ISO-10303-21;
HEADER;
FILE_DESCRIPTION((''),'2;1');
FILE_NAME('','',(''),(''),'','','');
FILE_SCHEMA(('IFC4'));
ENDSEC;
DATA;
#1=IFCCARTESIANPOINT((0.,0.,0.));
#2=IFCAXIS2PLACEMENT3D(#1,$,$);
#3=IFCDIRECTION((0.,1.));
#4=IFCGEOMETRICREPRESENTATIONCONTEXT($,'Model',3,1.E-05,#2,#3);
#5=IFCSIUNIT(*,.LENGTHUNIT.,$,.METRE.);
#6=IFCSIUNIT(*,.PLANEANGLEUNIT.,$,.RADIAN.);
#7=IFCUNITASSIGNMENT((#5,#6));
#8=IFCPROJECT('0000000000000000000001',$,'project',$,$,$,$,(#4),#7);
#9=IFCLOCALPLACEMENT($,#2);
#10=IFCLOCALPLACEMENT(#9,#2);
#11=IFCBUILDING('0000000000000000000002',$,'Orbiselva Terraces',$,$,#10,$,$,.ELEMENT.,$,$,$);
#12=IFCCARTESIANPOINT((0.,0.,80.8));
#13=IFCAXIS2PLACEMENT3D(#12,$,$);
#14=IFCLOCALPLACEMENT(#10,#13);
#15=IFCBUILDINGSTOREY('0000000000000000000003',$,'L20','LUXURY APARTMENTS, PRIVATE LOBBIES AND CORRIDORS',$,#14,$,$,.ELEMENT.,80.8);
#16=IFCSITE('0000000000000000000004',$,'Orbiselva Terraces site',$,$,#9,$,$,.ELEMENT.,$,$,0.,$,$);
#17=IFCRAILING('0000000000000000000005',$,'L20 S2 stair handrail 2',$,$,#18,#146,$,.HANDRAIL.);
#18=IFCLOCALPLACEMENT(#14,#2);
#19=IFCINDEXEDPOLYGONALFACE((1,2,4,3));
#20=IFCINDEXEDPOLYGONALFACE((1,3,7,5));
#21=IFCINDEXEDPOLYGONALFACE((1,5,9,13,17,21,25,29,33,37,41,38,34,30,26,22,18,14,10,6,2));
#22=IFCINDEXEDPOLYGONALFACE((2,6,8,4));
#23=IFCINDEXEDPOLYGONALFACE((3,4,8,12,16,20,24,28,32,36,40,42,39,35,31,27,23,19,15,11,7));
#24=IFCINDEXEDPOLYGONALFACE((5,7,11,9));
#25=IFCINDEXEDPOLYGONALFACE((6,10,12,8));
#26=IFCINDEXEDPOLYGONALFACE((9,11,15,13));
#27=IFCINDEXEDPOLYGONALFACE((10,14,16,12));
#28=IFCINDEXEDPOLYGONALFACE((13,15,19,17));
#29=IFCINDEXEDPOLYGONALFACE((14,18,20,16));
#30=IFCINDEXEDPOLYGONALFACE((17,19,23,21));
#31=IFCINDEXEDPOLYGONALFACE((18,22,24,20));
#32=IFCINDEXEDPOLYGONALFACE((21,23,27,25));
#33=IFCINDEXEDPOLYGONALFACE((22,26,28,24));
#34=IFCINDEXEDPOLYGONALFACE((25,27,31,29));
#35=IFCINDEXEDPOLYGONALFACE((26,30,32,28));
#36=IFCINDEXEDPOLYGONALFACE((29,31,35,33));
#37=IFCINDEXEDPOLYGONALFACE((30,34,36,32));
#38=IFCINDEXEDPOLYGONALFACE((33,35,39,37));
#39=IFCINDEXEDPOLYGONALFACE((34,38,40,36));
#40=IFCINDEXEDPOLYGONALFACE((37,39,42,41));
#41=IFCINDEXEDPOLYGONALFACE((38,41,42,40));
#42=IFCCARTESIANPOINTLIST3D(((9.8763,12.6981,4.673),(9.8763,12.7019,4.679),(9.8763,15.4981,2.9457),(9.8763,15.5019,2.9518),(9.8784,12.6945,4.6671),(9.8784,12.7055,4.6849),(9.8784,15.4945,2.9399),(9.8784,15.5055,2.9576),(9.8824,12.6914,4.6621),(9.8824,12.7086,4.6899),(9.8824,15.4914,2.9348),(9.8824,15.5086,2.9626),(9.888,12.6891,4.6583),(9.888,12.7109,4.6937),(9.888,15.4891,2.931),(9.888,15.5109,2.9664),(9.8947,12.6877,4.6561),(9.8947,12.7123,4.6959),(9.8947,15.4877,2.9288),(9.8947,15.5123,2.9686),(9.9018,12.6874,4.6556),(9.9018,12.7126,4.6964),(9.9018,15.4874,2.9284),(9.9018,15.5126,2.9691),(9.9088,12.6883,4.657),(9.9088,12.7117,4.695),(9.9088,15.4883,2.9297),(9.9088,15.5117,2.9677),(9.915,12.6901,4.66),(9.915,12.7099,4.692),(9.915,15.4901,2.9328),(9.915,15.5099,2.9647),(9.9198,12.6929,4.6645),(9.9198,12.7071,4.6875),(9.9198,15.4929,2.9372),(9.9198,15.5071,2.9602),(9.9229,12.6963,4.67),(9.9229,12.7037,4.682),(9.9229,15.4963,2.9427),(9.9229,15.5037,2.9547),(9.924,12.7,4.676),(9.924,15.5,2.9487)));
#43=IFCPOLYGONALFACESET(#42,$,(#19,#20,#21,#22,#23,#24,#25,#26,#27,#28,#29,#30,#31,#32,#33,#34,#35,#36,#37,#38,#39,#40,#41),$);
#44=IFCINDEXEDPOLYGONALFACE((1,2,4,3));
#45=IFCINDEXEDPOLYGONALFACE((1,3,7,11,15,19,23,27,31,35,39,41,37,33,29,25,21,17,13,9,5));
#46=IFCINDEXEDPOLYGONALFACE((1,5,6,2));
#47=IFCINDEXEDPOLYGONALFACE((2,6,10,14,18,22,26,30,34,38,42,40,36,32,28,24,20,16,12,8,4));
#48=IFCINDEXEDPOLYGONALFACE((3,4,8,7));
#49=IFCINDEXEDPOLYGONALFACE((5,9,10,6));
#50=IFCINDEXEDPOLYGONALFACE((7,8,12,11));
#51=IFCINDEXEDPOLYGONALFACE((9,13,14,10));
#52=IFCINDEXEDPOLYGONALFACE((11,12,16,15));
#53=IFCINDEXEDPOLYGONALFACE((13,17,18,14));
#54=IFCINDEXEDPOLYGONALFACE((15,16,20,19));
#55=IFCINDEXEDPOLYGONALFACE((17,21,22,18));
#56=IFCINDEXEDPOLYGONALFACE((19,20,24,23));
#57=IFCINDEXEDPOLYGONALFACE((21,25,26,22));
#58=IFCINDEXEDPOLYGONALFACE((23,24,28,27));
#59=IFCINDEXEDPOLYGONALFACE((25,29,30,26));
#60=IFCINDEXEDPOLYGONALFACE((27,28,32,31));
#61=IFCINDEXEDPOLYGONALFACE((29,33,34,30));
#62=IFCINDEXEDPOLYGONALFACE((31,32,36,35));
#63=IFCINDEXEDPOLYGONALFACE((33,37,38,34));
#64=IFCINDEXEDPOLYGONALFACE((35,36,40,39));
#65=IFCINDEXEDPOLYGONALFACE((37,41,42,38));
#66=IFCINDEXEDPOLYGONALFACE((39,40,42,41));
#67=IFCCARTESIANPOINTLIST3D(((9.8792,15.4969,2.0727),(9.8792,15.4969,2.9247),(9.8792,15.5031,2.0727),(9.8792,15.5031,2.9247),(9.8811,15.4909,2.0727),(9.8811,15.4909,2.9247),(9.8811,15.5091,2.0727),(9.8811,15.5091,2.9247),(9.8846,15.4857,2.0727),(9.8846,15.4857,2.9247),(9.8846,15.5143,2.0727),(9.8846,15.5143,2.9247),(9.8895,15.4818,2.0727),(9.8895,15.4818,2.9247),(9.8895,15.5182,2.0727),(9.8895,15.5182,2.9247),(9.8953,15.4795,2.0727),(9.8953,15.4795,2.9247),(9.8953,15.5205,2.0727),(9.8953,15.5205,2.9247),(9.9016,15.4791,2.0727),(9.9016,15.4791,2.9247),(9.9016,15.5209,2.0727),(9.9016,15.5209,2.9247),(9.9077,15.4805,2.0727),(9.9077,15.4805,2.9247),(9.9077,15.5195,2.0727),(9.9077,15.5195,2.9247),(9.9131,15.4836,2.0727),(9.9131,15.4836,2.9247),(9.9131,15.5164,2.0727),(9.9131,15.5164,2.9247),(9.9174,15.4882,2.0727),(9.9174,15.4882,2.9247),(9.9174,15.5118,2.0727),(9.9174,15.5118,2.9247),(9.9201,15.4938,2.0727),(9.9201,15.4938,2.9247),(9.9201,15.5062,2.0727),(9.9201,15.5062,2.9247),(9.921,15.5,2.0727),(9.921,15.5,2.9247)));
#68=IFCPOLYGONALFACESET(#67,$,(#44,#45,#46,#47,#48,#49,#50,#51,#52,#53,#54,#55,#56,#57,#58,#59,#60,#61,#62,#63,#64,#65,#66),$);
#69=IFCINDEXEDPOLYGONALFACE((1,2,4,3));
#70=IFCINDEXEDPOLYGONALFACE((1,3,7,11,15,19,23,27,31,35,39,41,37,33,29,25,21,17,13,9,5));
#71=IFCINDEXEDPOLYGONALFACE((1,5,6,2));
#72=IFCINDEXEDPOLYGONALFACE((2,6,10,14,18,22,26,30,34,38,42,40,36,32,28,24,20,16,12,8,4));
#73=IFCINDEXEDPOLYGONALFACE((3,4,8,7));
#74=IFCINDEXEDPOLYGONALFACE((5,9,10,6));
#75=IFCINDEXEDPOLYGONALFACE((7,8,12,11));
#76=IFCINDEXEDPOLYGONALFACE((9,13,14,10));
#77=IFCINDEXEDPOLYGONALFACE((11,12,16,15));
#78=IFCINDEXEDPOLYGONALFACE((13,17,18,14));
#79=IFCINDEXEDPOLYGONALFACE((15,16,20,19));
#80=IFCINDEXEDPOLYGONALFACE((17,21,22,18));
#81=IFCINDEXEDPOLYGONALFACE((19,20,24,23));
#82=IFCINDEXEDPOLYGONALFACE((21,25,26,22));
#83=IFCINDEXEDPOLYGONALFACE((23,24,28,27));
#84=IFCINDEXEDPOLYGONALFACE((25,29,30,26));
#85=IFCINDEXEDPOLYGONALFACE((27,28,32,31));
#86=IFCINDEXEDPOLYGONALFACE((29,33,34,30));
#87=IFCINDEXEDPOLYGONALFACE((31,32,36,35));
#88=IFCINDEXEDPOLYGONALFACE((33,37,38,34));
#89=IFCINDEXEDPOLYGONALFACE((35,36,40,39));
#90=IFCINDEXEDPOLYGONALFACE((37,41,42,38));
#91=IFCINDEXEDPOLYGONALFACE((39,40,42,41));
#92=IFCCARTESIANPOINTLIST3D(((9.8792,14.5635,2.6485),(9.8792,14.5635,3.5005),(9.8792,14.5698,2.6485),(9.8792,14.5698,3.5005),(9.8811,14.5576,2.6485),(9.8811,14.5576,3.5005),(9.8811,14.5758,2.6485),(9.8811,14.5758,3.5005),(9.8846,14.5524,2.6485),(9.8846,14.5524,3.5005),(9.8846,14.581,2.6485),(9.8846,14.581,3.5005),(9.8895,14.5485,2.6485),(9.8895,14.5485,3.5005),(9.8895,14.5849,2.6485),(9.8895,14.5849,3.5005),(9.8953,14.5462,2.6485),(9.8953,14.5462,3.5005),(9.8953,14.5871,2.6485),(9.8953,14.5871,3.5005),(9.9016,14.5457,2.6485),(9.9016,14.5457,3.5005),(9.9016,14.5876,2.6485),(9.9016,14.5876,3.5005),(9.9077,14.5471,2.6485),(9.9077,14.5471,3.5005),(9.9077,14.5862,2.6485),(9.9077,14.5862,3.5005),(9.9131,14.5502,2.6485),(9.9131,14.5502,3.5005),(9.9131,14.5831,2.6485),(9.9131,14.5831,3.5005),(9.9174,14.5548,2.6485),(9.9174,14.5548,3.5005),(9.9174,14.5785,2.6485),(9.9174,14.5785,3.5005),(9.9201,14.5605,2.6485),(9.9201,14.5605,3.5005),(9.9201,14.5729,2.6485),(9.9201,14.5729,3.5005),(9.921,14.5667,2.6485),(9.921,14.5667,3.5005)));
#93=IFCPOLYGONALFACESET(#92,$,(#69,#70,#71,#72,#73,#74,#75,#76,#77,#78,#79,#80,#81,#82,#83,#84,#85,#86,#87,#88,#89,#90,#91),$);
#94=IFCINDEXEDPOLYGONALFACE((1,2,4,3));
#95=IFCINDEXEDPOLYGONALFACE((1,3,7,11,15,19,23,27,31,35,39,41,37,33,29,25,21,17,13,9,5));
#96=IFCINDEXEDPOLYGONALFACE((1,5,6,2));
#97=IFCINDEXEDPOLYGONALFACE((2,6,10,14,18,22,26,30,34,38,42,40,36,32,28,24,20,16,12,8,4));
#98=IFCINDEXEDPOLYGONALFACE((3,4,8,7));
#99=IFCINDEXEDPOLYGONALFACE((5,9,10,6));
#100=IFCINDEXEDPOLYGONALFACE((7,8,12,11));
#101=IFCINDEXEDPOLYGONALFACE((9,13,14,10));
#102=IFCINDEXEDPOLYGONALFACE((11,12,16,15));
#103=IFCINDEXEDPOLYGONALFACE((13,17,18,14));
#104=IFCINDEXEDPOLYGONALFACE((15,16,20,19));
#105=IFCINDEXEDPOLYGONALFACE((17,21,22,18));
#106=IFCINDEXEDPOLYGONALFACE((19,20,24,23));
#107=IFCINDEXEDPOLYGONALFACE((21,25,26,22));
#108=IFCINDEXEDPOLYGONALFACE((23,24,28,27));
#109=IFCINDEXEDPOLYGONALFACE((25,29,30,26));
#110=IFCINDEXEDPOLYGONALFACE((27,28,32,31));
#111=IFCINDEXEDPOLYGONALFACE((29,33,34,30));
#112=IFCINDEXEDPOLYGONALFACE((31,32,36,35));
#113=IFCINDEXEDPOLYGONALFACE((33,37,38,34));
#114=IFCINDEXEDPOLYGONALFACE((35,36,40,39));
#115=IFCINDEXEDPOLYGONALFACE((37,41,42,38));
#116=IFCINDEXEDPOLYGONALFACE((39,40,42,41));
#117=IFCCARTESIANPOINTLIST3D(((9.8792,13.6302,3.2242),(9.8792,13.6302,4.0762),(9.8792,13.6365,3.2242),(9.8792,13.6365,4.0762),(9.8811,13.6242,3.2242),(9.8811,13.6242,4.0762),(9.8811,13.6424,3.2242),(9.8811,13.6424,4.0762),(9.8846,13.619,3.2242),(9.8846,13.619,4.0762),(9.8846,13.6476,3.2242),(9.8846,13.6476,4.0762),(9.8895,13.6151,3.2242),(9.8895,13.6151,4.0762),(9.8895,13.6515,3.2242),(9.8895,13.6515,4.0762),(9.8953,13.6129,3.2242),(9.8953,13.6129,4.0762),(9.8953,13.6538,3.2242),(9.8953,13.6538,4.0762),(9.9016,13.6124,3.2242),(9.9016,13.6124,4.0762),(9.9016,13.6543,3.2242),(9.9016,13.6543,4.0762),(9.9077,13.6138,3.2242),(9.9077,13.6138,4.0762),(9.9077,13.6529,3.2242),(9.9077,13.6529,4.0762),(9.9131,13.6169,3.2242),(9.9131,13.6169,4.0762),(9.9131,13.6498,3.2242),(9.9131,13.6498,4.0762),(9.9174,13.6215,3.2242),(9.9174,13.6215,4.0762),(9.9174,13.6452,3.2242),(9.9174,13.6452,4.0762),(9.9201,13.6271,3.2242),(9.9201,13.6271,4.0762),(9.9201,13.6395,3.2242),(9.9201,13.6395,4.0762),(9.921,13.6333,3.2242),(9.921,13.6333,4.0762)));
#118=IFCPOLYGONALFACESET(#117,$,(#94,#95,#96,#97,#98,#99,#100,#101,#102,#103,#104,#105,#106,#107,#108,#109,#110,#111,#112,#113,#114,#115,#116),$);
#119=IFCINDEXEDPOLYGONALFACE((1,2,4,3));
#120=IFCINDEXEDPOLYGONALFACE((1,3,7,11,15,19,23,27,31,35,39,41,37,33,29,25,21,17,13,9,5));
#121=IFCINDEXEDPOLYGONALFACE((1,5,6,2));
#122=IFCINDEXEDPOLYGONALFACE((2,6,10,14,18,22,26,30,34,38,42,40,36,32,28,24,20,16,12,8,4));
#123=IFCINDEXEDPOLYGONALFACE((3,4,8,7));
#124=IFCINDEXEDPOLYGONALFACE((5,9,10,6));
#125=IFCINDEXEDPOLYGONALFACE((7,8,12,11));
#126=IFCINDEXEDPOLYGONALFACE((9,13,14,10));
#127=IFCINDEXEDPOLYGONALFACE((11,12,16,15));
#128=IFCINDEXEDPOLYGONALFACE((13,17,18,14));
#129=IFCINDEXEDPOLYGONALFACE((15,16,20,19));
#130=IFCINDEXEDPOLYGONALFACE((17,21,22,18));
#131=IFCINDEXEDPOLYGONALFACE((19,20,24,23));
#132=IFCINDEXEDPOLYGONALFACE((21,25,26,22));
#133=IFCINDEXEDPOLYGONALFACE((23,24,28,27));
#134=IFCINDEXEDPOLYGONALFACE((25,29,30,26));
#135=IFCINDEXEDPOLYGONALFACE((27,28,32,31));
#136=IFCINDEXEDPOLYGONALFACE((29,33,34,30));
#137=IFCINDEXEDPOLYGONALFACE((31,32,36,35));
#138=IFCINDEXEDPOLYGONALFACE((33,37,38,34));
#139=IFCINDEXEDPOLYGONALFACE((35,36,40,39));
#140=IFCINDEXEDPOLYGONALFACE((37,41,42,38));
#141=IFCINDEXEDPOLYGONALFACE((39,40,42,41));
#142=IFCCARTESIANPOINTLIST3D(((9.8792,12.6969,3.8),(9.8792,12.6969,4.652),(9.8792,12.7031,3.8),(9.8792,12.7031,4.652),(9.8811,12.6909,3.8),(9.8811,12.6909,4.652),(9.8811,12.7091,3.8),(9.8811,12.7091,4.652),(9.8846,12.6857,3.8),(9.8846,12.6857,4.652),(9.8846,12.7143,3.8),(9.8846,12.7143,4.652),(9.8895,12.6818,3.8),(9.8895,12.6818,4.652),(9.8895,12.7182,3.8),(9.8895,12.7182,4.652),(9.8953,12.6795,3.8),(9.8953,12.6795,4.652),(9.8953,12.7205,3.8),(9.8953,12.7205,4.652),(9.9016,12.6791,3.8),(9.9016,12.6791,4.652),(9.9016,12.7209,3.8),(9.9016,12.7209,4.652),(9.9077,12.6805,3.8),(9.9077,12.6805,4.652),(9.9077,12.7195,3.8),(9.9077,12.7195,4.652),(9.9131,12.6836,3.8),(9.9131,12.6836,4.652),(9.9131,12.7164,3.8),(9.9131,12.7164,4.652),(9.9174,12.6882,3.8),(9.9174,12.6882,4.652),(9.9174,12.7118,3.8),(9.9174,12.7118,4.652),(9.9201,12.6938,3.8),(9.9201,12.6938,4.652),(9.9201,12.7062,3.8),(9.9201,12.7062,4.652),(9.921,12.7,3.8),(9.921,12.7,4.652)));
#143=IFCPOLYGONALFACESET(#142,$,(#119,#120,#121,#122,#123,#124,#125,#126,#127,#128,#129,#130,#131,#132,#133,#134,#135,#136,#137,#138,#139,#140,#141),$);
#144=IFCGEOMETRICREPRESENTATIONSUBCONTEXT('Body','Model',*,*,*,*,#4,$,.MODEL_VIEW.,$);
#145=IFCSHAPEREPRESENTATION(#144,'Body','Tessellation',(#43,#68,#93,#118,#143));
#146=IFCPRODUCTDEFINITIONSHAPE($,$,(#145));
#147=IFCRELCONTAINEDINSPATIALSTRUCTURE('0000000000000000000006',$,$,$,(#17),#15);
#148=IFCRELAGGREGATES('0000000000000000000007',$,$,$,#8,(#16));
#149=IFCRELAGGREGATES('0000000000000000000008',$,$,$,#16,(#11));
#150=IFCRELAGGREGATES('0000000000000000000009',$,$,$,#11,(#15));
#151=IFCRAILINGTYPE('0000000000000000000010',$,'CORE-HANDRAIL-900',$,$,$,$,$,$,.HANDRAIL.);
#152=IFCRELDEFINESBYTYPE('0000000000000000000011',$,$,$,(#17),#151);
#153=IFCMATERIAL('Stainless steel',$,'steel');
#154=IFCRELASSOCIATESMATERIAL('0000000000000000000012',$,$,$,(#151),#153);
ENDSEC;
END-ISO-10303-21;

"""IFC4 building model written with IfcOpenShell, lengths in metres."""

from ifc_helpers import new_model, si_unit, direction, frame, origin, origin_2d, place, context, subcontext, project, spatial, circle, extrude, material, type_object, element, save


model = new_model("IFC4")

# Units and contexts
model_context = context("Model", 3, precision=1e-05, world=origin(), true_north=direction((0.0, 1.0)))
body_context = subcontext(model_context, "Body", "Model", "MODEL_VIEW")
ifc_project = project(units=[si_unit("LENGTHUNIT", "METRE"), si_unit("PLANEANGLEUNIT", "RADIAN")], contexts=[model_context])

# Site, building, storey
site_placement = place(None, origin())
site = spatial("IfcSite", under=ifc_project, at=site_placement, Name="Orbiselva Terraces site", CompositionType="ELEMENT", RefElevation=0.0)
building_placement = place(site_placement, origin())
building = spatial("IfcBuilding", under=site, at=building_placement, Name="Orbiselva Terraces", CompositionType="ELEMENT")
storey_placement = place(building_placement, frame((0.0, 0.0, 80.8)))
storey = spatial("IfcBuildingStorey", under=building, at=storey_placement, Name="L20", Description="LUXURY APARTMENTS, PRIVATE LOBBIES AND CORRIDORS", CompositionType="ELEMENT", Elevation=80.8)

# Railing
ifc_material_1 = material(Name="Stainless steel", Category="steel")
railing_type_1 = type_object("IfcRailingType", Name="CORE-HANDRAIL-900", PredefinedType="HANDRAIL", material=ifc_material_1)
railing_1_placement = place(storey_placement, frame((9.9, 15.5, 2.0727)))
element("IfcRailing", 1, at=railing_1_placement, inside=storey, type_object=railing_type_1, Name="L20 S2 stair handrail 2", PredefinedType="HANDRAIL", context=body_context, shape_type="SweptSolid", body=[
    extrude(circle(Radius=0.024, at=origin_2d()), frame((0.0, 0.0, 0.876), z_axis=(0.0, -0.851089, 0.525022), x_axis=(1.0, 0.0, 0.0)), (0.0, 0.0, 1.0), 3.2899),
    extrude(circle(Radius=0.021, at=origin_2d()), origin(), (0.0, 0.0, 1.0), 0.852),
    extrude(circle(Radius=0.021, at=origin_2d()), frame((0.0, -0.9333, 0.5758)), (0.0, 0.0, 1.0), 0.852),
    extrude(circle(Radius=0.021, at=origin_2d()), frame((0.0, -1.8667, 1.1515)), (0.0, 0.0, 1.0), 0.852),
    extrude(circle(Radius=0.021, at=origin_2d()), frame((0.0, -2.8, 1.7273)), (0.0, 0.0, 1.0), 0.852),
])

save(model, "model.ifc")
